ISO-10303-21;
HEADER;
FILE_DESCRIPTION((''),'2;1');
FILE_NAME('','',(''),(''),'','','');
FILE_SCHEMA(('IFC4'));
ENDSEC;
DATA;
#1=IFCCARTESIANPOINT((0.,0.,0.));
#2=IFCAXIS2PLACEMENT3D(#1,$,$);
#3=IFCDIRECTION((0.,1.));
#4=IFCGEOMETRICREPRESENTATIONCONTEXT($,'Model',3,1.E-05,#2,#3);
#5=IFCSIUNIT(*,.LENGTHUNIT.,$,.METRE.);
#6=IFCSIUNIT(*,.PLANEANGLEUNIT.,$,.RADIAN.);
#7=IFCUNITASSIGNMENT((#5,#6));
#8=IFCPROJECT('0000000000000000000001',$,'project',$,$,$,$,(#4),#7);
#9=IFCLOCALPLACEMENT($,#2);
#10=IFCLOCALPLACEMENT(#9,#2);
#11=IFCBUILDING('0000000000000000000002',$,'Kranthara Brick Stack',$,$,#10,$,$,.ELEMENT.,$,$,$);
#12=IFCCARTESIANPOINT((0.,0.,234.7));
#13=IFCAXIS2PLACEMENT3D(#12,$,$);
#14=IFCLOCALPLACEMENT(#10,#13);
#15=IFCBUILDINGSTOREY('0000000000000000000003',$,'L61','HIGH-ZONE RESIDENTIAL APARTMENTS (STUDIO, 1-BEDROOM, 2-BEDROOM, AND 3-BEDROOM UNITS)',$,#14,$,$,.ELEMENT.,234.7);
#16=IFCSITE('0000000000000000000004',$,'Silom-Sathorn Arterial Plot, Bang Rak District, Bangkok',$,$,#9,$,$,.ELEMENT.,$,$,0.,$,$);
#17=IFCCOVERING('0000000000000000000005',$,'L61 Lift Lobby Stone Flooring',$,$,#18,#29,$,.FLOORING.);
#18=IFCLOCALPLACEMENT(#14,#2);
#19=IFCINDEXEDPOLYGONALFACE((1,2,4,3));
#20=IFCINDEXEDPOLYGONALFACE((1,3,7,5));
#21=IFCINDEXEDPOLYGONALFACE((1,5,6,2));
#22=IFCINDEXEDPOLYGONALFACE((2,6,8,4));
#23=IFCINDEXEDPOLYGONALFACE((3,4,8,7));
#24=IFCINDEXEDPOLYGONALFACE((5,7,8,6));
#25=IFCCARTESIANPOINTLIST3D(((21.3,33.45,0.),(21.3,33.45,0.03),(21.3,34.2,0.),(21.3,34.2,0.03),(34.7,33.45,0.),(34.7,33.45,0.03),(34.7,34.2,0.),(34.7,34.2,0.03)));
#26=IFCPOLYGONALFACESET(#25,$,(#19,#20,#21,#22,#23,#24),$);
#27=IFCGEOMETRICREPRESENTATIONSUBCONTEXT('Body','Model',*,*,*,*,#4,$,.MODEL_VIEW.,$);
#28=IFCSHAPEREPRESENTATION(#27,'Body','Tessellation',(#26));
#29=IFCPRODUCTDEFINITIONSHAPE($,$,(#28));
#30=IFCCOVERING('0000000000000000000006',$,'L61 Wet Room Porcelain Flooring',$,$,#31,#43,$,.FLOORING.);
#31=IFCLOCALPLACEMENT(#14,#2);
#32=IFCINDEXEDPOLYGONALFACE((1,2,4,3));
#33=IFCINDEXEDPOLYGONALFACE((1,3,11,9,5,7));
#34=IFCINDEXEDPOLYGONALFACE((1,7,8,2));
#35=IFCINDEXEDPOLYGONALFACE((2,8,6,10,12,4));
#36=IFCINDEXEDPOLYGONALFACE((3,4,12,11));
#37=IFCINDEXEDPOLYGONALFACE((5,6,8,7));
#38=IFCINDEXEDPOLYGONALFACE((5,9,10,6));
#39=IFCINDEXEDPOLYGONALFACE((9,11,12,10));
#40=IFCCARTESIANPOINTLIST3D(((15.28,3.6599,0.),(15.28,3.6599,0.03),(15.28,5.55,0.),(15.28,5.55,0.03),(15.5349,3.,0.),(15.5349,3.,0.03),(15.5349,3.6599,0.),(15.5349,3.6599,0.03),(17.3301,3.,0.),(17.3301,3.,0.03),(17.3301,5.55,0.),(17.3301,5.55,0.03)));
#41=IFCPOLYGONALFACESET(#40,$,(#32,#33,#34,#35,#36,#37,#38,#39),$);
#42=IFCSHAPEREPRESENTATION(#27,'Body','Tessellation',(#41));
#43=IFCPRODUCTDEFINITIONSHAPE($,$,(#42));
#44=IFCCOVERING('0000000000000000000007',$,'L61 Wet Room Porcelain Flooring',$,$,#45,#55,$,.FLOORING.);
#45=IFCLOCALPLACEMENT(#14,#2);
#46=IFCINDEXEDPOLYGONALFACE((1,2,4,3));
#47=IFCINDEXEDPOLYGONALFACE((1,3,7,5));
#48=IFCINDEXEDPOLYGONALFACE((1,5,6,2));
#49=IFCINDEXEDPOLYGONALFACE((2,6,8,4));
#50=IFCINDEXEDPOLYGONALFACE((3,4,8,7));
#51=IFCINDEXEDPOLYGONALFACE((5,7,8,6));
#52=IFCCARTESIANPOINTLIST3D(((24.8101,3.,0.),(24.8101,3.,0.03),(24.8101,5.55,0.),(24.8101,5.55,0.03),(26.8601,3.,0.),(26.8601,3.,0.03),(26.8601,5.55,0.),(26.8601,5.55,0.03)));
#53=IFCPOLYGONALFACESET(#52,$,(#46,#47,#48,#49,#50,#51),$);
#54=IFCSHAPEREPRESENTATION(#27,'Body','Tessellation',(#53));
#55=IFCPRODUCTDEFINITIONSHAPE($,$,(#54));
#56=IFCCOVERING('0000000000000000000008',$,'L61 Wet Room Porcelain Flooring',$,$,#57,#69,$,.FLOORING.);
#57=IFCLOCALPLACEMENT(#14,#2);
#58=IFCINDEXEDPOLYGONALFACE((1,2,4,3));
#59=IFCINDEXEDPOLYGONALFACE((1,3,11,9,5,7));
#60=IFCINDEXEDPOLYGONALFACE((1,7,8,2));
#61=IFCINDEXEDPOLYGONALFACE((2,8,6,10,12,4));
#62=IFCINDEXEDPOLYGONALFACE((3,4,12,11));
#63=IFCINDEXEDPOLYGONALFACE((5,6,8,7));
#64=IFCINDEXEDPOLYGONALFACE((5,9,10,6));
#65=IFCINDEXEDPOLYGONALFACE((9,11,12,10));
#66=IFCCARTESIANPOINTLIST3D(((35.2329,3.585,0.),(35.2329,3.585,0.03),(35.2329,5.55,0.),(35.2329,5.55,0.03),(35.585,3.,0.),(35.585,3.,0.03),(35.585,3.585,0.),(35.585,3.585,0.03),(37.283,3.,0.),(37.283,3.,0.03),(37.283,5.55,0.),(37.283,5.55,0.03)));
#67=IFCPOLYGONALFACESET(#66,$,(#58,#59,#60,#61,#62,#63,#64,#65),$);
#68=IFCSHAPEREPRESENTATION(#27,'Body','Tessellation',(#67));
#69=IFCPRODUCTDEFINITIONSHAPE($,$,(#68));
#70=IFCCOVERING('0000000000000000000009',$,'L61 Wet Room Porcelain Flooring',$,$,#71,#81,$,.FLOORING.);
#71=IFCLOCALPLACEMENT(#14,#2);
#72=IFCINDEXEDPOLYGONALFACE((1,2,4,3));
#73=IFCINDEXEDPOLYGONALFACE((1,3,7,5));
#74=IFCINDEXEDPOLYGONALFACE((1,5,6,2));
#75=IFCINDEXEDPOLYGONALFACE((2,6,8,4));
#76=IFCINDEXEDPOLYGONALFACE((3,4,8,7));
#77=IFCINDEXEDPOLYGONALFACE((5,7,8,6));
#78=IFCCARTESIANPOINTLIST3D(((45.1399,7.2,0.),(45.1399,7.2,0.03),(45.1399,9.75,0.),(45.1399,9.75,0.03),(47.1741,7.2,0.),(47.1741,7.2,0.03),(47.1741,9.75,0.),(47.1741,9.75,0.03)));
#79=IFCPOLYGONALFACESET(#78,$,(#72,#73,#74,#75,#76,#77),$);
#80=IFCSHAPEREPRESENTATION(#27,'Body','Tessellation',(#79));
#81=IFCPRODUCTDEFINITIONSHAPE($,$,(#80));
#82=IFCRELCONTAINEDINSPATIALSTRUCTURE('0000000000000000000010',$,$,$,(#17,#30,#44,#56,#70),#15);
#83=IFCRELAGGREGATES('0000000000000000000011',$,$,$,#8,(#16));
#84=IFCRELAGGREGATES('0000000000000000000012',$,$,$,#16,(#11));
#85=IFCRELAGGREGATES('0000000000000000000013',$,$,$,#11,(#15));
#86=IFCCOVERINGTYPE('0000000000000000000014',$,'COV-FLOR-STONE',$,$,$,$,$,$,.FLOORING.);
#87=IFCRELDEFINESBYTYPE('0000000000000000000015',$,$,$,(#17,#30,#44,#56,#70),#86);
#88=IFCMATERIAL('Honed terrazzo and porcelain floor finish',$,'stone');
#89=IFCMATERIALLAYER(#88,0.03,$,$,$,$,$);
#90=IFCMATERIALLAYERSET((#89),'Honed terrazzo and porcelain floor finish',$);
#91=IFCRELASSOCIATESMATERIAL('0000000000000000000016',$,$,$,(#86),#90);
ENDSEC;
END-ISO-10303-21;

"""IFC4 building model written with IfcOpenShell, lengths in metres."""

from ifc_helpers import new_model, si_unit, direction, frame, origin, place, context, subcontext, project, spatial, polyline, outline, extrude, material, layer, layer_set, type_object, element, save


model = new_model("IFC4")

# Units and contexts
model_context = context("Model", 3, precision=1e-05, world=origin(), true_north=direction((0.0, 1.0)))
body_context = subcontext(model_context, "Body", "Model", "MODEL_VIEW")
ifc_project = project(units=[si_unit("LENGTHUNIT", "METRE"), si_unit("PLANEANGLEUNIT", "RADIAN")], contexts=[model_context])

# Site, building, storey
site_placement = place(None, origin())
site = spatial("IfcSite", under=ifc_project, at=site_placement, Name="Silom-Sathorn Arterial Plot, Bang Rak District, Bangkok", CompositionType="ELEMENT", RefElevation=0.0)
building_placement = place(site_placement, origin())
building = spatial("IfcBuilding", under=site, at=building_placement, Name="Kranthara Brick Stack", CompositionType="ELEMENT")
storey_placement = place(building_placement, frame((0.0, 0.0, 234.7)))
storey = spatial("IfcBuildingStorey", under=building, at=storey_placement, Name="L61", Description="HIGH-ZONE RESIDENTIAL APARTMENTS (STUDIO, 1-BEDROOM, 2-BEDROOM, AND 3-BEDROOM UNITS)", CompositionType="ELEMENT", Elevation=234.7)

# Coverings
ifc_material_1 = material(Name="Honed terrazzo and porcelain floor finish", Category="stone")
ifc_layer_1 = layer(ifc_material_1, 0.03)
ifc_layer_set_1 = layer_set([ifc_layer_1], Name="Honed terrazzo and porcelain floor finish")
covering_type_1 = type_object("IfcCoveringType", Name="COV-FLOR-STONE", PredefinedType="FLOORING", material=ifc_layer_set_1)
covering_1_placement = place(storey_placement, origin())
element("IfcCovering", 1, at=covering_1_placement, inside=storey, type_object=covering_type_1, Name="L61 Lift Lobby Stone Flooring", PredefinedType="FLOORING", context=body_context, shape_type="SweptSolid", body=[
    extrude(outline(polyline([(34.7, 33.45), (21.3, 33.45), (21.3, 34.2), (34.7, 34.2), (34.7, 33.45)])), origin(), (0.0, 0.0, 1.0), 0.03),
])
covering_2_placement = place(storey_placement, origin())
element("IfcCovering", 2, at=covering_2_placement, inside=storey, type_object=covering_type_1, Name="L61 Wet Room Porcelain Flooring", PredefinedType="FLOORING", context=body_context, shape_type="SweptSolid", body=[
    extrude(outline(polyline([(15.28, 5.55), (17.3301, 5.55), (17.3301, 3.0), (15.5349, 3.0), (15.5349, 3.6599), (15.28, 3.6599), (15.28, 5.55)])), origin(), (0.0, 0.0, 1.0), 0.03),
])
covering_3_placement = place(storey_placement, origin())
element("IfcCovering", 3, at=covering_3_placement, inside=storey, type_object=covering_type_1, Name="L61 Wet Room Porcelain Flooring", PredefinedType="FLOORING", context=body_context, shape_type="SweptSolid", body=[
    extrude(outline(polyline([(26.8601, 3.0), (26.8601, 5.55), (24.8101, 5.55), (24.8101, 3.0), (26.8601, 3.0)])), origin(), (0.0, 0.0, 1.0), 0.03),
])
covering_4_placement = place(storey_placement, origin())
element("IfcCovering", 4, at=covering_4_placement, inside=storey, type_object=covering_type_1, Name="L61 Wet Room Porcelain Flooring", PredefinedType="FLOORING", context=body_context, shape_type="SweptSolid", body=[
    extrude(outline(polyline([(35.2329, 5.55), (37.283, 5.55), (37.283, 3.0), (35.585, 3.0), (35.585, 3.585), (35.2329, 3.585), (35.2329, 5.55)])), origin(), (0.0, 0.0, 1.0), 0.03),
])
covering_5_placement = place(storey_placement, origin())
element("IfcCovering", 5, at=covering_5_placement, inside=storey, type_object=covering_type_1, Name="L61 Wet Room Porcelain Flooring", PredefinedType="FLOORING", context=body_context, shape_type="SweptSolid", body=[
    extrude(outline(polyline([(47.1741, 7.2), (47.1741, 9.75), (45.1399, 9.75), (45.1399, 7.2), (47.1741, 7.2)])), origin(), (0.0, 0.0, 1.0), 0.03),
])

save(model, "model.ifc")
